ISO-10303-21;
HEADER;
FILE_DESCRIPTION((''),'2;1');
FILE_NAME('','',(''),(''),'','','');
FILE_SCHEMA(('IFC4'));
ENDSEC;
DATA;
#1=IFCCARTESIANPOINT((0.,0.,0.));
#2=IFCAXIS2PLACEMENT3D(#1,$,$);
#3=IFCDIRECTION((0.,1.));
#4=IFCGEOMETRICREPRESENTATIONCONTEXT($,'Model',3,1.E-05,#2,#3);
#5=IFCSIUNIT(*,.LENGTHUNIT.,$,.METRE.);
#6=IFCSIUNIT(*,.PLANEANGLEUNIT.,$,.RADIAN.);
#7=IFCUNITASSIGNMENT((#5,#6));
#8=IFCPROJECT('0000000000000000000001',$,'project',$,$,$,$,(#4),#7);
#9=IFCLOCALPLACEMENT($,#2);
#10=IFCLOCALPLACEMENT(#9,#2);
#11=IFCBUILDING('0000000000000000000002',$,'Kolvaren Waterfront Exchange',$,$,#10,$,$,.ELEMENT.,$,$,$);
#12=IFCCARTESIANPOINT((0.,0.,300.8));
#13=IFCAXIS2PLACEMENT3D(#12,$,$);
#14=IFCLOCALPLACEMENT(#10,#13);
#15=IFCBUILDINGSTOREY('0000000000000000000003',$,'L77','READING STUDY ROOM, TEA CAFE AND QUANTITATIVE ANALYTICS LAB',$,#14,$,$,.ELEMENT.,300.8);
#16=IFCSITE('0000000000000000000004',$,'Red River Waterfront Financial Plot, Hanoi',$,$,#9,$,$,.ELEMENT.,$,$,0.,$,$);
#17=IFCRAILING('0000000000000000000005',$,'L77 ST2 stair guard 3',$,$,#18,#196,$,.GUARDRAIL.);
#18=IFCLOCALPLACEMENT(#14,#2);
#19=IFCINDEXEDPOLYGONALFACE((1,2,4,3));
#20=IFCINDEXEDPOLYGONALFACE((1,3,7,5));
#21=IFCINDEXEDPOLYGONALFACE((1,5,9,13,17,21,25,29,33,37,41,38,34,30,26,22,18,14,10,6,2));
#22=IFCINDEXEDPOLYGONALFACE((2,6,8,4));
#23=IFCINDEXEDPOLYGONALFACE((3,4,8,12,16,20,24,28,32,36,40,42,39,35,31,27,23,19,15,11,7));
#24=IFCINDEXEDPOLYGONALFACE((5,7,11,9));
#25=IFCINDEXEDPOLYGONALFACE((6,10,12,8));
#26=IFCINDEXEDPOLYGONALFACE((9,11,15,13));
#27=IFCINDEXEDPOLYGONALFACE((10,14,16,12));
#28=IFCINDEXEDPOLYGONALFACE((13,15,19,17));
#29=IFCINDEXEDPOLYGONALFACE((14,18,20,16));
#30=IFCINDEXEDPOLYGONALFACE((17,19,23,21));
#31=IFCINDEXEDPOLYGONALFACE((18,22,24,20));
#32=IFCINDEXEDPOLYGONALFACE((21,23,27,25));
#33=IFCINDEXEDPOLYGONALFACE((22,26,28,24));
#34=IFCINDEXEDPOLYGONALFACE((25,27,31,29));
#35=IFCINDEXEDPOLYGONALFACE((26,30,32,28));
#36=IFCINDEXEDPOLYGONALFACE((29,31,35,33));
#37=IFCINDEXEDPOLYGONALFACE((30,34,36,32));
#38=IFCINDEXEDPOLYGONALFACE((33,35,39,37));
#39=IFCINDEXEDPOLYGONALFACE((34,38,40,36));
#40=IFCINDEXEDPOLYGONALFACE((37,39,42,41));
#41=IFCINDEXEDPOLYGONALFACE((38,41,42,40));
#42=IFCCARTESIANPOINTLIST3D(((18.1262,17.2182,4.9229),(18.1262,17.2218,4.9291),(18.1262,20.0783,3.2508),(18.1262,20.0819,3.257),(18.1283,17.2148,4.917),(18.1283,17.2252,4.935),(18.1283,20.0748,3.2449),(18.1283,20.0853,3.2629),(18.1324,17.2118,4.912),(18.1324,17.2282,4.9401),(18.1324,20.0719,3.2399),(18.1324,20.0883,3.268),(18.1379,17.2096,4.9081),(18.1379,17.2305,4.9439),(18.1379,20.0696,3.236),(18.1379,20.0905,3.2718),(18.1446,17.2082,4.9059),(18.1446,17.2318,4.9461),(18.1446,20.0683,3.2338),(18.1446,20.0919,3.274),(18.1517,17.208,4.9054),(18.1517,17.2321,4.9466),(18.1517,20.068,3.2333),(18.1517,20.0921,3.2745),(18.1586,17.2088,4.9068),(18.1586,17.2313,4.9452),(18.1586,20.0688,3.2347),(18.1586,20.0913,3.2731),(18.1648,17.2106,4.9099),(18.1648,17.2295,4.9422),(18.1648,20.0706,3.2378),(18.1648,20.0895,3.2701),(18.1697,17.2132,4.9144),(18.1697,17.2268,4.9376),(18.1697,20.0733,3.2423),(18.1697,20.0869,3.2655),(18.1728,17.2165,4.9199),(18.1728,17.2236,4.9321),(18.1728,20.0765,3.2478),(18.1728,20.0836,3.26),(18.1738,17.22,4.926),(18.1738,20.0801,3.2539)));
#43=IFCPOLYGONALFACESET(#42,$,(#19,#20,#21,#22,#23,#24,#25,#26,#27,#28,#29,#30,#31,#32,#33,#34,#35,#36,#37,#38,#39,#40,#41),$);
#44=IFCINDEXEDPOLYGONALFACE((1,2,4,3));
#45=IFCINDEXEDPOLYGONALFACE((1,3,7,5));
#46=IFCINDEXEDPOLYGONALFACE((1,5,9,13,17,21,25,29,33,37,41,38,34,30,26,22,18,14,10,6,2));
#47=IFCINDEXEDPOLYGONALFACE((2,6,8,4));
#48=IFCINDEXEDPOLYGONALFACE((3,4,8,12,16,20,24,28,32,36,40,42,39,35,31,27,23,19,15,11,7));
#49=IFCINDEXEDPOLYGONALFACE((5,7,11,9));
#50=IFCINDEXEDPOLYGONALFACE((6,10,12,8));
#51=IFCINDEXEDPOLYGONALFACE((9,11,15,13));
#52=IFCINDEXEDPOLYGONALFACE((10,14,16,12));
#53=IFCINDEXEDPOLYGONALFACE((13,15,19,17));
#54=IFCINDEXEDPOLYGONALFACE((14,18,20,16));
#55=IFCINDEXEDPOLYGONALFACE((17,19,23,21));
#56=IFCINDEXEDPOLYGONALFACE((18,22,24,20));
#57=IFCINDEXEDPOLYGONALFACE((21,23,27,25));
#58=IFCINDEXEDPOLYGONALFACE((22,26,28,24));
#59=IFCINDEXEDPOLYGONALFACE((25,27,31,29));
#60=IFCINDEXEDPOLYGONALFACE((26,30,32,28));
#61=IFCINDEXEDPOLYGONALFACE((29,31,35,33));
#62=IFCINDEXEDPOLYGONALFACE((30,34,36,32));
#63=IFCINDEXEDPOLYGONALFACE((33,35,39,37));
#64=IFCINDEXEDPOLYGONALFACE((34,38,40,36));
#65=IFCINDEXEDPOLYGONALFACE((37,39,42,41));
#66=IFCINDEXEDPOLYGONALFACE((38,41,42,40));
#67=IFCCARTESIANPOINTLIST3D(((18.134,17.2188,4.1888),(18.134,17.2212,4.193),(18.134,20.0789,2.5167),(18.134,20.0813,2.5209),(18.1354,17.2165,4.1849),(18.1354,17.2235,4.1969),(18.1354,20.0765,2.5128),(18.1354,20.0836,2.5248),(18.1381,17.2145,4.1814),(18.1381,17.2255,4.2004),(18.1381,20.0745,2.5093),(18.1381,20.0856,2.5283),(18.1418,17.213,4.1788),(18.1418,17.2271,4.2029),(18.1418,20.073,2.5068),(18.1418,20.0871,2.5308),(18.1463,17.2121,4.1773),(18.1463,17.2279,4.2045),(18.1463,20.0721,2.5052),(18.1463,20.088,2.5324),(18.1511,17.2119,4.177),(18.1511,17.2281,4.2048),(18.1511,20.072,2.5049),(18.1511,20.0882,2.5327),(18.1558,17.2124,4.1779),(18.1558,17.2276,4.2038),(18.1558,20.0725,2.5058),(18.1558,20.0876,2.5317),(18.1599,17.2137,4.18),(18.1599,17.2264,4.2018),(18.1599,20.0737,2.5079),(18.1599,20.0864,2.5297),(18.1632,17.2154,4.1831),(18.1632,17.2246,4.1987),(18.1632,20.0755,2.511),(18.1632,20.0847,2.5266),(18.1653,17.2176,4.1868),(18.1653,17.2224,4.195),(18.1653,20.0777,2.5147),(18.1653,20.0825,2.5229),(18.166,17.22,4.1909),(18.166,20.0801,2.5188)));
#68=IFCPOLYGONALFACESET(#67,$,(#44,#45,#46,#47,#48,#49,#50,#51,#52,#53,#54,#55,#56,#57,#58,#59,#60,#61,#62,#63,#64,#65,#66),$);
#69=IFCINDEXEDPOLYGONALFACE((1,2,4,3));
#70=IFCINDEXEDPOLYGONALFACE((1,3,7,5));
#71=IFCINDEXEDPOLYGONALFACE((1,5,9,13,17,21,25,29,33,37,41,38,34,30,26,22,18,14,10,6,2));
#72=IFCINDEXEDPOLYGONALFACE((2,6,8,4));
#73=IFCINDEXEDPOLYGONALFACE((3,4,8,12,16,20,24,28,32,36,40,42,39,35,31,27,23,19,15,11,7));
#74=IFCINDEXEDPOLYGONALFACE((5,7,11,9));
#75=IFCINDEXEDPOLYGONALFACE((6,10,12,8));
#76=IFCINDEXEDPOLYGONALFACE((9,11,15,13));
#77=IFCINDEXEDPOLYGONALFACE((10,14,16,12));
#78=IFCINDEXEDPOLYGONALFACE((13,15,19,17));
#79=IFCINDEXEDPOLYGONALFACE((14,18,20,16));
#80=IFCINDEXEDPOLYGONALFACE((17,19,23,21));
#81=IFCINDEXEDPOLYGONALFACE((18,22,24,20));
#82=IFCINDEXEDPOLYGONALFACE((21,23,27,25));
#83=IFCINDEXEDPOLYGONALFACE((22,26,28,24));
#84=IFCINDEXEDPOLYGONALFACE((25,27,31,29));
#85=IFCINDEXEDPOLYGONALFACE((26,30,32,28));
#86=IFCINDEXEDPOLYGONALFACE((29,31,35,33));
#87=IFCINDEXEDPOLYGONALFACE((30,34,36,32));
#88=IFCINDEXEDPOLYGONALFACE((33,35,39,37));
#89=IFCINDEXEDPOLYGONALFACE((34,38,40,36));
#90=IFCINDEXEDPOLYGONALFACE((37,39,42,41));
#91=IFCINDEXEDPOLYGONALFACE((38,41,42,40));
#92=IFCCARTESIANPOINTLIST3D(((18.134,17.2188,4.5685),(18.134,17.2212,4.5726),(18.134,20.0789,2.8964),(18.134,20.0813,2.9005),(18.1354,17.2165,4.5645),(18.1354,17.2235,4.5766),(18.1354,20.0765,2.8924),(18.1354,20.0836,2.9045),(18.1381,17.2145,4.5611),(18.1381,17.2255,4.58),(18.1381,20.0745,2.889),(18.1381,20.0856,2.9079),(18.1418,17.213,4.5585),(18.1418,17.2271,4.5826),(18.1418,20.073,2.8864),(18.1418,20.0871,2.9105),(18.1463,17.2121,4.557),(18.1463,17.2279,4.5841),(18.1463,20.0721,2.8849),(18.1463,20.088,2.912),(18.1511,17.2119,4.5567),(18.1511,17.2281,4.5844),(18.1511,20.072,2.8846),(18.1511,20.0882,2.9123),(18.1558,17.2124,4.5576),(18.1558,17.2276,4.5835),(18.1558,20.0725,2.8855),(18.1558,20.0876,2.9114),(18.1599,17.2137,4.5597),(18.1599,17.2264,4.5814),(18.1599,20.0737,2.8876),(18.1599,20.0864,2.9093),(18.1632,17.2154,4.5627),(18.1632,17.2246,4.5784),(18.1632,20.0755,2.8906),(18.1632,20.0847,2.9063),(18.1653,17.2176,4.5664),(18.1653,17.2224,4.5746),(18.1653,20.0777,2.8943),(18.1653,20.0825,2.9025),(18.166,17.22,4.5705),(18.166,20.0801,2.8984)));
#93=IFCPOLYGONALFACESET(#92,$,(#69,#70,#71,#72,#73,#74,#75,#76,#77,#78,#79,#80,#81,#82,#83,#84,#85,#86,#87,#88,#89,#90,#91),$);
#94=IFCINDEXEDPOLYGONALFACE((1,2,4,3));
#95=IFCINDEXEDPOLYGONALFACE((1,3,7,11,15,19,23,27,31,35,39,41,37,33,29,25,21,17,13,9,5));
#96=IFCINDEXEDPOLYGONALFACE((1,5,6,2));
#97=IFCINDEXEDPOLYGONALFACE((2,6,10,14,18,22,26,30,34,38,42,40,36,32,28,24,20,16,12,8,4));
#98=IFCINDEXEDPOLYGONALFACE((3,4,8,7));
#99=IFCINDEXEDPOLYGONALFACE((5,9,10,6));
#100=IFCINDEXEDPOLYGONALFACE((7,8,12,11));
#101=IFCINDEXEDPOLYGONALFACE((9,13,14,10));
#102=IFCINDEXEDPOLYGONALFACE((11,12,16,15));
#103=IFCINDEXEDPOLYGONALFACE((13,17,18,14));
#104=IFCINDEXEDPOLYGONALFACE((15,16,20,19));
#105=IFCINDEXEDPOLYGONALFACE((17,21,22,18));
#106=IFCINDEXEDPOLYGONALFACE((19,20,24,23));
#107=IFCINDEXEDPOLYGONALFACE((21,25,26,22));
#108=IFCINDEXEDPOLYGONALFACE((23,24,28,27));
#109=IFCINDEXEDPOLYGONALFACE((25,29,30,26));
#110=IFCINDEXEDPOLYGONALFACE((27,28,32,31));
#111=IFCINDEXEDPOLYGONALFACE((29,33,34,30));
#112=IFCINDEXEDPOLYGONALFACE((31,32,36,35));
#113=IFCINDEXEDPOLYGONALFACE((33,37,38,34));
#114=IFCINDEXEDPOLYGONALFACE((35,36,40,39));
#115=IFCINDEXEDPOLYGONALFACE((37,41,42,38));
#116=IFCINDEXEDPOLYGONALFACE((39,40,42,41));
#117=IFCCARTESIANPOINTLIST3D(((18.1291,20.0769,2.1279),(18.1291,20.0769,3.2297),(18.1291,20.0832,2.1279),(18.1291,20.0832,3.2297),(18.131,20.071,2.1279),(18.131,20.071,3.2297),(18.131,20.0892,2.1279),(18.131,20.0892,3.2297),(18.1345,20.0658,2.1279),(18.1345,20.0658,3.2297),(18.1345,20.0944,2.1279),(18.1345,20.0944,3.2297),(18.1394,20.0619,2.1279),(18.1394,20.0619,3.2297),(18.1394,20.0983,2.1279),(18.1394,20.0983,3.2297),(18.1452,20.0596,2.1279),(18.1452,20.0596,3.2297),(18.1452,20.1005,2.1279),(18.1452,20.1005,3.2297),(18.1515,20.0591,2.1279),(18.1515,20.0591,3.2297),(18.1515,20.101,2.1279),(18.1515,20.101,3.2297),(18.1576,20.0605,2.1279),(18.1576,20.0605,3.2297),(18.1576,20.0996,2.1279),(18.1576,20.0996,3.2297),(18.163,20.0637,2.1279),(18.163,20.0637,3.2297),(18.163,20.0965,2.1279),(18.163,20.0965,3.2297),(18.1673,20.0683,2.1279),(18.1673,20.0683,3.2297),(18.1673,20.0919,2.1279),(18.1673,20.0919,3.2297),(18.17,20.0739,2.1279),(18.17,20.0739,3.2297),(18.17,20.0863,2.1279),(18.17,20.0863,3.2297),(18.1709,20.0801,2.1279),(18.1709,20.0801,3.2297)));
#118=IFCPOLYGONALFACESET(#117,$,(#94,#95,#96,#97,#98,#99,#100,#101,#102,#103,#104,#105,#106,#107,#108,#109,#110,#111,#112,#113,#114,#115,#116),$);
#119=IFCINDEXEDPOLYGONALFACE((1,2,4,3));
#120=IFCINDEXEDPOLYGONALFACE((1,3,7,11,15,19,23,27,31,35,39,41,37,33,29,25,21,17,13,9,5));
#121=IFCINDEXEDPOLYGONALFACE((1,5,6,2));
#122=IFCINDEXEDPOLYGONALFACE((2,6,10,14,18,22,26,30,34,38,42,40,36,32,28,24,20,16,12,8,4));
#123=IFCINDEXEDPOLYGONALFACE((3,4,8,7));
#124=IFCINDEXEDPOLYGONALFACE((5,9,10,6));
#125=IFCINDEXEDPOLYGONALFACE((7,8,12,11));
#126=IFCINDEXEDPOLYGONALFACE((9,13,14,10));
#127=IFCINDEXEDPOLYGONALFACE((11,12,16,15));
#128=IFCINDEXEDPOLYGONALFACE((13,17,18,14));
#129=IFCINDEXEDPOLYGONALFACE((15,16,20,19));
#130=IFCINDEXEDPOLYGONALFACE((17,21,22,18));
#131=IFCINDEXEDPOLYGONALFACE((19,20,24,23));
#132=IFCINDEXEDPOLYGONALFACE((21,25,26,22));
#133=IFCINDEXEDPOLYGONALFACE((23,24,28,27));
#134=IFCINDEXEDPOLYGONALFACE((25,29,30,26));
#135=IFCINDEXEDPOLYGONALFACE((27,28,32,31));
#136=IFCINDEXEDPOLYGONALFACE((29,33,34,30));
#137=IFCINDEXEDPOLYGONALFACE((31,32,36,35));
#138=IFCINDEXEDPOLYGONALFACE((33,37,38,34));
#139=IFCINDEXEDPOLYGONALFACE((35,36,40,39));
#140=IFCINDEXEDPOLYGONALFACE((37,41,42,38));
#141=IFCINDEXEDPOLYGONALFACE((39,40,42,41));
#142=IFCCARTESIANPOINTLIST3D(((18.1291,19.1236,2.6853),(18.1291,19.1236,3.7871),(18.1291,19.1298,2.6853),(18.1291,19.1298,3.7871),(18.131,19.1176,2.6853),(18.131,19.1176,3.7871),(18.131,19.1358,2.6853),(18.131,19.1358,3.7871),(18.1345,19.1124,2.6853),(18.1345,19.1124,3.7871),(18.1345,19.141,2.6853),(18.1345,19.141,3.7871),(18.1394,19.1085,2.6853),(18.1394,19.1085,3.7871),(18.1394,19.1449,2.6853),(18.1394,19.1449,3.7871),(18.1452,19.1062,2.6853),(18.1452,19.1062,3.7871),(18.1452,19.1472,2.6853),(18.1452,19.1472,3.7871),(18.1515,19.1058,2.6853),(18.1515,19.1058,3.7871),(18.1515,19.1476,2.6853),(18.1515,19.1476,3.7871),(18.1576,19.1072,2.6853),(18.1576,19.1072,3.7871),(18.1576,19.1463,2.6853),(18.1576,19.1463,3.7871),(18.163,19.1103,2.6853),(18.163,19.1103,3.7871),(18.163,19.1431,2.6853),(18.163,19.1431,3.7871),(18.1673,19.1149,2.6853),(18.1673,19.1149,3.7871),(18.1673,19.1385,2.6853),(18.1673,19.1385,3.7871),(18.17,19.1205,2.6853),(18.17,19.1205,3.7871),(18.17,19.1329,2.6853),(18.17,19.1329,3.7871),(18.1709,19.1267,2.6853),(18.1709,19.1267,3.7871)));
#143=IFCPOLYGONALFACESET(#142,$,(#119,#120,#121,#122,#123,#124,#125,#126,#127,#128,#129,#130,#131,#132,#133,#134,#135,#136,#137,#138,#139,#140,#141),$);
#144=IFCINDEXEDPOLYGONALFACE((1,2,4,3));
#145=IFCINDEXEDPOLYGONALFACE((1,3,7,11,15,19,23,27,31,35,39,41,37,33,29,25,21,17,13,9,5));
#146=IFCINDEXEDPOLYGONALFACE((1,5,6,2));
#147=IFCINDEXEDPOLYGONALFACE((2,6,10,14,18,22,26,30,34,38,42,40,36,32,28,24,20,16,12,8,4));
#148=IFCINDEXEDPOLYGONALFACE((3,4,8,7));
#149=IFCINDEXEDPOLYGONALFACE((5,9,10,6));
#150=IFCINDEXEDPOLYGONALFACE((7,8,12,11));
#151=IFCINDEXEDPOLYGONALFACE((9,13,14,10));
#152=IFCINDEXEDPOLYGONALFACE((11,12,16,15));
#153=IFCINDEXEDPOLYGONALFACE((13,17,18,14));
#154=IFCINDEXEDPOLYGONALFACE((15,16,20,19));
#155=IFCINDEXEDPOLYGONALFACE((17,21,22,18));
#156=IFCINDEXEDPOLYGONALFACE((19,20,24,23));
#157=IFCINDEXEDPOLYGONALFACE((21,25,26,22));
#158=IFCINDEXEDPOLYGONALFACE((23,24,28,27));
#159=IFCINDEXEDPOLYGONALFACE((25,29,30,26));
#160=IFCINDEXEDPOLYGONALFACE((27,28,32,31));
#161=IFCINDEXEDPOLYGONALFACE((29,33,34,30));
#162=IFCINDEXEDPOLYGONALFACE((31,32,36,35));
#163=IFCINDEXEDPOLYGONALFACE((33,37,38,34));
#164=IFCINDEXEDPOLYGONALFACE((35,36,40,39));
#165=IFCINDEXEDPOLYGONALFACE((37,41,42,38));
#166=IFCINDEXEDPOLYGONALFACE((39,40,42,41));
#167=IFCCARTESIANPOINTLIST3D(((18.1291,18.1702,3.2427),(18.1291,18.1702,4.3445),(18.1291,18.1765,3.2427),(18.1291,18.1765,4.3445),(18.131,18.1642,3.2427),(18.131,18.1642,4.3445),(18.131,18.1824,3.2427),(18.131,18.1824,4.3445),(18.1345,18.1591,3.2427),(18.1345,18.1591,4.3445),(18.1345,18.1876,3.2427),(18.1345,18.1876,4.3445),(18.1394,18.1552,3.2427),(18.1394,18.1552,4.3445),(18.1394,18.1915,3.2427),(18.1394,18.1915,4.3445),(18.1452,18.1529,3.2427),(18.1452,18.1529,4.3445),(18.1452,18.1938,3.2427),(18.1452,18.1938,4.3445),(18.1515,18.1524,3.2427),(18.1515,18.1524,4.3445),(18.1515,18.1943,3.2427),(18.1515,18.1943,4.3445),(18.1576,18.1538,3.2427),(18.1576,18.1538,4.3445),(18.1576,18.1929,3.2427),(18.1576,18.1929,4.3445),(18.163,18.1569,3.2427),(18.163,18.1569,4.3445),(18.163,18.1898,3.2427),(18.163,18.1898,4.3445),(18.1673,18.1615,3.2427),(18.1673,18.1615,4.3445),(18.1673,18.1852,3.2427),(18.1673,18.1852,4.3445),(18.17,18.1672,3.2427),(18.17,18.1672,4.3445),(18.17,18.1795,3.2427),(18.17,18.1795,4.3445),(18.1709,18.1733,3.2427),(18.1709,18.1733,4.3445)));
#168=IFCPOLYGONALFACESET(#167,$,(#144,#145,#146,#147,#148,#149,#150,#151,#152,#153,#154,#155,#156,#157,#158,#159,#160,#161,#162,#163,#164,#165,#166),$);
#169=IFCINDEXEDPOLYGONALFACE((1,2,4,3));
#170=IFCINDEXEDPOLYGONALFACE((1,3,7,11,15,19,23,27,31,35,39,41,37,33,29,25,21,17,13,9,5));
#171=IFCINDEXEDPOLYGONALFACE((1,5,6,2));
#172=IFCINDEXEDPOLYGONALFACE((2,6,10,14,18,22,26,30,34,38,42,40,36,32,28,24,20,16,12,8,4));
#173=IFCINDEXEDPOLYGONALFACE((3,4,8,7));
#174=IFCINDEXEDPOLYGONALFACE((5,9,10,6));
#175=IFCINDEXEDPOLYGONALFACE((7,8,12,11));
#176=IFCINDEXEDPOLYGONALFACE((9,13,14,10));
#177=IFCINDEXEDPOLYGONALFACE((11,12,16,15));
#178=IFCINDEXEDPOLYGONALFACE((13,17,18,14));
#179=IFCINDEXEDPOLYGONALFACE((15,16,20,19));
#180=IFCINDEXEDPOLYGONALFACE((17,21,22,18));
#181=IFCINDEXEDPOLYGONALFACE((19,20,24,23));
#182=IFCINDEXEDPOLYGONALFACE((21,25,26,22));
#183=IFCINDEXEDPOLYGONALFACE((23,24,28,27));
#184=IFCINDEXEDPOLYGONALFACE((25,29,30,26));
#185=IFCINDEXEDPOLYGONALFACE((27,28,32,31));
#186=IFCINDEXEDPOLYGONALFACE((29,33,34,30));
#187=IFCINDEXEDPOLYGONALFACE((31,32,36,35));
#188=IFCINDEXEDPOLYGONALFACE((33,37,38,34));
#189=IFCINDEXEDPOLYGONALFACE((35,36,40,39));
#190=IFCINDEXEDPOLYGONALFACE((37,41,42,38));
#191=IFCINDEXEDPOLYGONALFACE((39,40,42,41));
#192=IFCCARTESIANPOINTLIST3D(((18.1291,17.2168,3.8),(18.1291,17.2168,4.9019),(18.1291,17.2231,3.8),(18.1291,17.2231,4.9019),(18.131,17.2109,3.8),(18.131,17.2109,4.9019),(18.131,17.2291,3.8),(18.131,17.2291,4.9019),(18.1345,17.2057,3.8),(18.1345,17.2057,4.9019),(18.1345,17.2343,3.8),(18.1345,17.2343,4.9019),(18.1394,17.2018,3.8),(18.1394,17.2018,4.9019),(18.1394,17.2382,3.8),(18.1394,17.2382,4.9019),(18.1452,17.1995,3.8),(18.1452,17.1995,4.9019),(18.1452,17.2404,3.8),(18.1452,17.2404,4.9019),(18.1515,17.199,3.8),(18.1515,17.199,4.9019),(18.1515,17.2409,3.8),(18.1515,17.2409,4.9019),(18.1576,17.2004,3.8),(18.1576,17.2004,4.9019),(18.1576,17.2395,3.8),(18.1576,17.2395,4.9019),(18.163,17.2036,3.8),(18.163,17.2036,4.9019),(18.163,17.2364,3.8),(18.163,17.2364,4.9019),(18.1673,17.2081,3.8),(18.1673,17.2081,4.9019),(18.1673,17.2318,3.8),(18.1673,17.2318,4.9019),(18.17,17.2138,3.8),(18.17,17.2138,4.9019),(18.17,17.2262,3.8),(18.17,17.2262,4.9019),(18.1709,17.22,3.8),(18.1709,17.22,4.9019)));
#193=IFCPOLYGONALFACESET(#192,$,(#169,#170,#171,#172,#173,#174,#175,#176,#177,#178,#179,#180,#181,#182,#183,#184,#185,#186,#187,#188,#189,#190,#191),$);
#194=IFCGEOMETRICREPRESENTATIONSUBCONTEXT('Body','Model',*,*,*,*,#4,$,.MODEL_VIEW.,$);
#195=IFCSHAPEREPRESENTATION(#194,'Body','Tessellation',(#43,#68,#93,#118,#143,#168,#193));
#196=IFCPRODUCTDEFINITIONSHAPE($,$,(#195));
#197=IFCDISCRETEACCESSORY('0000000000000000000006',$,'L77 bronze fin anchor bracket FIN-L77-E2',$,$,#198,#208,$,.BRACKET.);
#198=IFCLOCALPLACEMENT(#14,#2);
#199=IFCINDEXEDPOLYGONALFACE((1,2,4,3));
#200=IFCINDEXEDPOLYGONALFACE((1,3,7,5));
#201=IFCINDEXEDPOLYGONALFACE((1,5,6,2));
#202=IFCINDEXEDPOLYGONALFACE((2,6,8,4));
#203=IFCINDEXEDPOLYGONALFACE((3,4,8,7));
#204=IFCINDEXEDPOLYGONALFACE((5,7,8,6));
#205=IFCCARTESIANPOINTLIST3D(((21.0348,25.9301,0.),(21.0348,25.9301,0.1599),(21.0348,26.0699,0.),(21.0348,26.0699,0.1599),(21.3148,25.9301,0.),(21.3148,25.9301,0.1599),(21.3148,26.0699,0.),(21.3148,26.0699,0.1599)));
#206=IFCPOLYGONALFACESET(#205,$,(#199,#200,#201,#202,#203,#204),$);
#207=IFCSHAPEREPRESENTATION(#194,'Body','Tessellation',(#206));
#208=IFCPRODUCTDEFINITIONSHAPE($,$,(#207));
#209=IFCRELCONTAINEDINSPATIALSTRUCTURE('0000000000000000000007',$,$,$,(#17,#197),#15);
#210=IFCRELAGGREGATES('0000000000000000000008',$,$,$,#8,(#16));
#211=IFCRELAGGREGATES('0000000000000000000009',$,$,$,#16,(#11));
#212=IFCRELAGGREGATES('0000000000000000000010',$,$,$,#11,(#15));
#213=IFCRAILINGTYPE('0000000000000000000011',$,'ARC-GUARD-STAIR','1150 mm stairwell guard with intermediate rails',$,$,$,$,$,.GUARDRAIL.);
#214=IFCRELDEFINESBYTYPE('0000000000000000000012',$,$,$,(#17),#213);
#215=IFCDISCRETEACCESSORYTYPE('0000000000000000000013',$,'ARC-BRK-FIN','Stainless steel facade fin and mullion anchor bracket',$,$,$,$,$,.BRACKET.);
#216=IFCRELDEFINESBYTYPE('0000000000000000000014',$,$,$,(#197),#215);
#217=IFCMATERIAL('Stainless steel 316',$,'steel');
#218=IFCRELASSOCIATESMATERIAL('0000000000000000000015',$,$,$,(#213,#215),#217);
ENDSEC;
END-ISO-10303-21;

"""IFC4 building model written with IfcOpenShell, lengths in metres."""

from ifc_helpers import new_model, si_unit, direction, frame, origin, origin_with_axes, origin_2d, place, context, subcontext, project, spatial, rectangle, circle, extrude, source, transform, mapped, material, type_object, element, save


model = new_model("IFC4")

# Units and contexts
model_context = context("Model", 3, precision=1e-05, world=origin(), true_north=direction((0.0, 1.0)))
body_context = subcontext(model_context, "Body", "Model", "MODEL_VIEW")
ifc_project = project(units=[si_unit("LENGTHUNIT", "METRE"), si_unit("PLANEANGLEUNIT", "RADIAN")], contexts=[model_context])

# Site, building, storey
site_placement = place(None, origin())
site = spatial("IfcSite", under=ifc_project, at=site_placement, Name="Red River Waterfront Financial Plot, Hanoi", CompositionType="ELEMENT", RefElevation=0.0)
building_placement = place(site_placement, origin())
building = spatial("IfcBuilding", under=site, at=building_placement, Name="Kolvaren Waterfront Exchange", CompositionType="ELEMENT")
storey_placement = place(building_placement, frame((0.0, 0.0, 300.8)))
storey = spatial("IfcBuildingStorey", under=building, at=storey_placement, Name="L77", Description="READING STUDY ROOM, TEA CAFE AND QUANTITATIVE ANALYTICS LAB", CompositionType="ELEMENT", Elevation=300.8)

# Railing
ifc_material_1 = material(Name="Stainless steel 316", Category="steel")
railing_type = type_object("IfcRailingType", Name="ARC-GUARD-STAIR", Description="1150 mm stairwell guard with intermediate rails", PredefinedType="GUARDRAIL", material=ifc_material_1)
railing_1_placement = place(storey_placement, frame((18.1499, 20.0801, 2.1279)))
element("IfcRailing", 1, at=railing_1_placement, inside=storey, type_object=railing_type, Name="L77 ST2 stair guard 3", PredefinedType="GUARDRAIL", context=body_context, shape_type="SweptSolid", body=[
    extrude(circle(Radius=0.0239, at=origin_2d()), frame((0.0, 0.0, 1.126), z_axis=(0.0, -0.863289, 0.504709), x_axis=(1.0, 0.0, 0.0)), (0.0, 0.0, 1.0), 3.313),
    extrude(circle(Radius=0.0161, at=origin_2d()), frame((0.0, 0.0, 0.3909), z_axis=(0.0, -0.863289, 0.504709), x_axis=(1.0, 0.0, 0.0)), (0.0, 0.0, 1.0), 3.313),
    extrude(circle(Radius=0.0161, at=origin_2d()), frame((0.0, 0.0, 0.7705), z_axis=(0.0, -0.863289, 0.504709), x_axis=(1.0, 0.0, 0.0)), (0.0, 0.0, 1.0), 3.313),
    extrude(circle(Radius=0.021, at=origin_2d()), origin(), (0.0, 0.0, 1.0), 1.1018),
    extrude(circle(Radius=0.021, at=origin_2d()), frame((0.0, -0.9534, 0.5574)), (0.0, 0.0, 1.0), 1.1018),
    extrude(circle(Radius=0.021, at=origin_2d()), frame((0.0, -1.9067, 1.1147)), (0.0, 0.0, 1.0), 1.1018),
    extrude(circle(Radius=0.021, at=origin_2d()), frame((0.0, -2.8601, 1.6721)), (0.0, 0.0, 1.0), 1.1018),
])

# Discrete accessory
discrete_accessory_type = type_object("IfcDiscreteAccessoryType", Name="ARC-BRK-FIN", Description="Stainless steel facade fin and mullion anchor bracket", PredefinedType="BRACKET", material=ifc_material_1)
shared_shape_1 = source(origin_with_axes(), body_context, "Body", "SweptSolid", [
    extrude(rectangle(XDim=0.28, YDim=0.1399, at=origin_2d()), origin(), (0.0, 0.0, 1.0), 0.1599),
])
for number, where, z_axis, x_axis, name in (
    (2, (21.1748, 26.0, 0.0), (0.0, 0.0, 1.0), (1.0, 0.0, 0.0), "L77 bronze fin anchor bracket FIN-L77-E2"),
):
    element("IfcDiscreteAccessory", number, at=place(storey_placement, frame(where, z_axis=z_axis, x_axis=x_axis)), inside=storey, type_object=discrete_accessory_type, Name=name, PredefinedType="BRACKET", context=body_context, shape_type="MappedRepresentation", body=[
        mapped(shared_shape_1, transform((0.0, 0.0, 0.0), x_axis=(1.0, 0.0, 0.0), y_axis=(0.0, 1.0, 0.0), z_axis=(0.0, 0.0, 1.0), scale=1.0)),
    ])

save(model, "model.ifc")
